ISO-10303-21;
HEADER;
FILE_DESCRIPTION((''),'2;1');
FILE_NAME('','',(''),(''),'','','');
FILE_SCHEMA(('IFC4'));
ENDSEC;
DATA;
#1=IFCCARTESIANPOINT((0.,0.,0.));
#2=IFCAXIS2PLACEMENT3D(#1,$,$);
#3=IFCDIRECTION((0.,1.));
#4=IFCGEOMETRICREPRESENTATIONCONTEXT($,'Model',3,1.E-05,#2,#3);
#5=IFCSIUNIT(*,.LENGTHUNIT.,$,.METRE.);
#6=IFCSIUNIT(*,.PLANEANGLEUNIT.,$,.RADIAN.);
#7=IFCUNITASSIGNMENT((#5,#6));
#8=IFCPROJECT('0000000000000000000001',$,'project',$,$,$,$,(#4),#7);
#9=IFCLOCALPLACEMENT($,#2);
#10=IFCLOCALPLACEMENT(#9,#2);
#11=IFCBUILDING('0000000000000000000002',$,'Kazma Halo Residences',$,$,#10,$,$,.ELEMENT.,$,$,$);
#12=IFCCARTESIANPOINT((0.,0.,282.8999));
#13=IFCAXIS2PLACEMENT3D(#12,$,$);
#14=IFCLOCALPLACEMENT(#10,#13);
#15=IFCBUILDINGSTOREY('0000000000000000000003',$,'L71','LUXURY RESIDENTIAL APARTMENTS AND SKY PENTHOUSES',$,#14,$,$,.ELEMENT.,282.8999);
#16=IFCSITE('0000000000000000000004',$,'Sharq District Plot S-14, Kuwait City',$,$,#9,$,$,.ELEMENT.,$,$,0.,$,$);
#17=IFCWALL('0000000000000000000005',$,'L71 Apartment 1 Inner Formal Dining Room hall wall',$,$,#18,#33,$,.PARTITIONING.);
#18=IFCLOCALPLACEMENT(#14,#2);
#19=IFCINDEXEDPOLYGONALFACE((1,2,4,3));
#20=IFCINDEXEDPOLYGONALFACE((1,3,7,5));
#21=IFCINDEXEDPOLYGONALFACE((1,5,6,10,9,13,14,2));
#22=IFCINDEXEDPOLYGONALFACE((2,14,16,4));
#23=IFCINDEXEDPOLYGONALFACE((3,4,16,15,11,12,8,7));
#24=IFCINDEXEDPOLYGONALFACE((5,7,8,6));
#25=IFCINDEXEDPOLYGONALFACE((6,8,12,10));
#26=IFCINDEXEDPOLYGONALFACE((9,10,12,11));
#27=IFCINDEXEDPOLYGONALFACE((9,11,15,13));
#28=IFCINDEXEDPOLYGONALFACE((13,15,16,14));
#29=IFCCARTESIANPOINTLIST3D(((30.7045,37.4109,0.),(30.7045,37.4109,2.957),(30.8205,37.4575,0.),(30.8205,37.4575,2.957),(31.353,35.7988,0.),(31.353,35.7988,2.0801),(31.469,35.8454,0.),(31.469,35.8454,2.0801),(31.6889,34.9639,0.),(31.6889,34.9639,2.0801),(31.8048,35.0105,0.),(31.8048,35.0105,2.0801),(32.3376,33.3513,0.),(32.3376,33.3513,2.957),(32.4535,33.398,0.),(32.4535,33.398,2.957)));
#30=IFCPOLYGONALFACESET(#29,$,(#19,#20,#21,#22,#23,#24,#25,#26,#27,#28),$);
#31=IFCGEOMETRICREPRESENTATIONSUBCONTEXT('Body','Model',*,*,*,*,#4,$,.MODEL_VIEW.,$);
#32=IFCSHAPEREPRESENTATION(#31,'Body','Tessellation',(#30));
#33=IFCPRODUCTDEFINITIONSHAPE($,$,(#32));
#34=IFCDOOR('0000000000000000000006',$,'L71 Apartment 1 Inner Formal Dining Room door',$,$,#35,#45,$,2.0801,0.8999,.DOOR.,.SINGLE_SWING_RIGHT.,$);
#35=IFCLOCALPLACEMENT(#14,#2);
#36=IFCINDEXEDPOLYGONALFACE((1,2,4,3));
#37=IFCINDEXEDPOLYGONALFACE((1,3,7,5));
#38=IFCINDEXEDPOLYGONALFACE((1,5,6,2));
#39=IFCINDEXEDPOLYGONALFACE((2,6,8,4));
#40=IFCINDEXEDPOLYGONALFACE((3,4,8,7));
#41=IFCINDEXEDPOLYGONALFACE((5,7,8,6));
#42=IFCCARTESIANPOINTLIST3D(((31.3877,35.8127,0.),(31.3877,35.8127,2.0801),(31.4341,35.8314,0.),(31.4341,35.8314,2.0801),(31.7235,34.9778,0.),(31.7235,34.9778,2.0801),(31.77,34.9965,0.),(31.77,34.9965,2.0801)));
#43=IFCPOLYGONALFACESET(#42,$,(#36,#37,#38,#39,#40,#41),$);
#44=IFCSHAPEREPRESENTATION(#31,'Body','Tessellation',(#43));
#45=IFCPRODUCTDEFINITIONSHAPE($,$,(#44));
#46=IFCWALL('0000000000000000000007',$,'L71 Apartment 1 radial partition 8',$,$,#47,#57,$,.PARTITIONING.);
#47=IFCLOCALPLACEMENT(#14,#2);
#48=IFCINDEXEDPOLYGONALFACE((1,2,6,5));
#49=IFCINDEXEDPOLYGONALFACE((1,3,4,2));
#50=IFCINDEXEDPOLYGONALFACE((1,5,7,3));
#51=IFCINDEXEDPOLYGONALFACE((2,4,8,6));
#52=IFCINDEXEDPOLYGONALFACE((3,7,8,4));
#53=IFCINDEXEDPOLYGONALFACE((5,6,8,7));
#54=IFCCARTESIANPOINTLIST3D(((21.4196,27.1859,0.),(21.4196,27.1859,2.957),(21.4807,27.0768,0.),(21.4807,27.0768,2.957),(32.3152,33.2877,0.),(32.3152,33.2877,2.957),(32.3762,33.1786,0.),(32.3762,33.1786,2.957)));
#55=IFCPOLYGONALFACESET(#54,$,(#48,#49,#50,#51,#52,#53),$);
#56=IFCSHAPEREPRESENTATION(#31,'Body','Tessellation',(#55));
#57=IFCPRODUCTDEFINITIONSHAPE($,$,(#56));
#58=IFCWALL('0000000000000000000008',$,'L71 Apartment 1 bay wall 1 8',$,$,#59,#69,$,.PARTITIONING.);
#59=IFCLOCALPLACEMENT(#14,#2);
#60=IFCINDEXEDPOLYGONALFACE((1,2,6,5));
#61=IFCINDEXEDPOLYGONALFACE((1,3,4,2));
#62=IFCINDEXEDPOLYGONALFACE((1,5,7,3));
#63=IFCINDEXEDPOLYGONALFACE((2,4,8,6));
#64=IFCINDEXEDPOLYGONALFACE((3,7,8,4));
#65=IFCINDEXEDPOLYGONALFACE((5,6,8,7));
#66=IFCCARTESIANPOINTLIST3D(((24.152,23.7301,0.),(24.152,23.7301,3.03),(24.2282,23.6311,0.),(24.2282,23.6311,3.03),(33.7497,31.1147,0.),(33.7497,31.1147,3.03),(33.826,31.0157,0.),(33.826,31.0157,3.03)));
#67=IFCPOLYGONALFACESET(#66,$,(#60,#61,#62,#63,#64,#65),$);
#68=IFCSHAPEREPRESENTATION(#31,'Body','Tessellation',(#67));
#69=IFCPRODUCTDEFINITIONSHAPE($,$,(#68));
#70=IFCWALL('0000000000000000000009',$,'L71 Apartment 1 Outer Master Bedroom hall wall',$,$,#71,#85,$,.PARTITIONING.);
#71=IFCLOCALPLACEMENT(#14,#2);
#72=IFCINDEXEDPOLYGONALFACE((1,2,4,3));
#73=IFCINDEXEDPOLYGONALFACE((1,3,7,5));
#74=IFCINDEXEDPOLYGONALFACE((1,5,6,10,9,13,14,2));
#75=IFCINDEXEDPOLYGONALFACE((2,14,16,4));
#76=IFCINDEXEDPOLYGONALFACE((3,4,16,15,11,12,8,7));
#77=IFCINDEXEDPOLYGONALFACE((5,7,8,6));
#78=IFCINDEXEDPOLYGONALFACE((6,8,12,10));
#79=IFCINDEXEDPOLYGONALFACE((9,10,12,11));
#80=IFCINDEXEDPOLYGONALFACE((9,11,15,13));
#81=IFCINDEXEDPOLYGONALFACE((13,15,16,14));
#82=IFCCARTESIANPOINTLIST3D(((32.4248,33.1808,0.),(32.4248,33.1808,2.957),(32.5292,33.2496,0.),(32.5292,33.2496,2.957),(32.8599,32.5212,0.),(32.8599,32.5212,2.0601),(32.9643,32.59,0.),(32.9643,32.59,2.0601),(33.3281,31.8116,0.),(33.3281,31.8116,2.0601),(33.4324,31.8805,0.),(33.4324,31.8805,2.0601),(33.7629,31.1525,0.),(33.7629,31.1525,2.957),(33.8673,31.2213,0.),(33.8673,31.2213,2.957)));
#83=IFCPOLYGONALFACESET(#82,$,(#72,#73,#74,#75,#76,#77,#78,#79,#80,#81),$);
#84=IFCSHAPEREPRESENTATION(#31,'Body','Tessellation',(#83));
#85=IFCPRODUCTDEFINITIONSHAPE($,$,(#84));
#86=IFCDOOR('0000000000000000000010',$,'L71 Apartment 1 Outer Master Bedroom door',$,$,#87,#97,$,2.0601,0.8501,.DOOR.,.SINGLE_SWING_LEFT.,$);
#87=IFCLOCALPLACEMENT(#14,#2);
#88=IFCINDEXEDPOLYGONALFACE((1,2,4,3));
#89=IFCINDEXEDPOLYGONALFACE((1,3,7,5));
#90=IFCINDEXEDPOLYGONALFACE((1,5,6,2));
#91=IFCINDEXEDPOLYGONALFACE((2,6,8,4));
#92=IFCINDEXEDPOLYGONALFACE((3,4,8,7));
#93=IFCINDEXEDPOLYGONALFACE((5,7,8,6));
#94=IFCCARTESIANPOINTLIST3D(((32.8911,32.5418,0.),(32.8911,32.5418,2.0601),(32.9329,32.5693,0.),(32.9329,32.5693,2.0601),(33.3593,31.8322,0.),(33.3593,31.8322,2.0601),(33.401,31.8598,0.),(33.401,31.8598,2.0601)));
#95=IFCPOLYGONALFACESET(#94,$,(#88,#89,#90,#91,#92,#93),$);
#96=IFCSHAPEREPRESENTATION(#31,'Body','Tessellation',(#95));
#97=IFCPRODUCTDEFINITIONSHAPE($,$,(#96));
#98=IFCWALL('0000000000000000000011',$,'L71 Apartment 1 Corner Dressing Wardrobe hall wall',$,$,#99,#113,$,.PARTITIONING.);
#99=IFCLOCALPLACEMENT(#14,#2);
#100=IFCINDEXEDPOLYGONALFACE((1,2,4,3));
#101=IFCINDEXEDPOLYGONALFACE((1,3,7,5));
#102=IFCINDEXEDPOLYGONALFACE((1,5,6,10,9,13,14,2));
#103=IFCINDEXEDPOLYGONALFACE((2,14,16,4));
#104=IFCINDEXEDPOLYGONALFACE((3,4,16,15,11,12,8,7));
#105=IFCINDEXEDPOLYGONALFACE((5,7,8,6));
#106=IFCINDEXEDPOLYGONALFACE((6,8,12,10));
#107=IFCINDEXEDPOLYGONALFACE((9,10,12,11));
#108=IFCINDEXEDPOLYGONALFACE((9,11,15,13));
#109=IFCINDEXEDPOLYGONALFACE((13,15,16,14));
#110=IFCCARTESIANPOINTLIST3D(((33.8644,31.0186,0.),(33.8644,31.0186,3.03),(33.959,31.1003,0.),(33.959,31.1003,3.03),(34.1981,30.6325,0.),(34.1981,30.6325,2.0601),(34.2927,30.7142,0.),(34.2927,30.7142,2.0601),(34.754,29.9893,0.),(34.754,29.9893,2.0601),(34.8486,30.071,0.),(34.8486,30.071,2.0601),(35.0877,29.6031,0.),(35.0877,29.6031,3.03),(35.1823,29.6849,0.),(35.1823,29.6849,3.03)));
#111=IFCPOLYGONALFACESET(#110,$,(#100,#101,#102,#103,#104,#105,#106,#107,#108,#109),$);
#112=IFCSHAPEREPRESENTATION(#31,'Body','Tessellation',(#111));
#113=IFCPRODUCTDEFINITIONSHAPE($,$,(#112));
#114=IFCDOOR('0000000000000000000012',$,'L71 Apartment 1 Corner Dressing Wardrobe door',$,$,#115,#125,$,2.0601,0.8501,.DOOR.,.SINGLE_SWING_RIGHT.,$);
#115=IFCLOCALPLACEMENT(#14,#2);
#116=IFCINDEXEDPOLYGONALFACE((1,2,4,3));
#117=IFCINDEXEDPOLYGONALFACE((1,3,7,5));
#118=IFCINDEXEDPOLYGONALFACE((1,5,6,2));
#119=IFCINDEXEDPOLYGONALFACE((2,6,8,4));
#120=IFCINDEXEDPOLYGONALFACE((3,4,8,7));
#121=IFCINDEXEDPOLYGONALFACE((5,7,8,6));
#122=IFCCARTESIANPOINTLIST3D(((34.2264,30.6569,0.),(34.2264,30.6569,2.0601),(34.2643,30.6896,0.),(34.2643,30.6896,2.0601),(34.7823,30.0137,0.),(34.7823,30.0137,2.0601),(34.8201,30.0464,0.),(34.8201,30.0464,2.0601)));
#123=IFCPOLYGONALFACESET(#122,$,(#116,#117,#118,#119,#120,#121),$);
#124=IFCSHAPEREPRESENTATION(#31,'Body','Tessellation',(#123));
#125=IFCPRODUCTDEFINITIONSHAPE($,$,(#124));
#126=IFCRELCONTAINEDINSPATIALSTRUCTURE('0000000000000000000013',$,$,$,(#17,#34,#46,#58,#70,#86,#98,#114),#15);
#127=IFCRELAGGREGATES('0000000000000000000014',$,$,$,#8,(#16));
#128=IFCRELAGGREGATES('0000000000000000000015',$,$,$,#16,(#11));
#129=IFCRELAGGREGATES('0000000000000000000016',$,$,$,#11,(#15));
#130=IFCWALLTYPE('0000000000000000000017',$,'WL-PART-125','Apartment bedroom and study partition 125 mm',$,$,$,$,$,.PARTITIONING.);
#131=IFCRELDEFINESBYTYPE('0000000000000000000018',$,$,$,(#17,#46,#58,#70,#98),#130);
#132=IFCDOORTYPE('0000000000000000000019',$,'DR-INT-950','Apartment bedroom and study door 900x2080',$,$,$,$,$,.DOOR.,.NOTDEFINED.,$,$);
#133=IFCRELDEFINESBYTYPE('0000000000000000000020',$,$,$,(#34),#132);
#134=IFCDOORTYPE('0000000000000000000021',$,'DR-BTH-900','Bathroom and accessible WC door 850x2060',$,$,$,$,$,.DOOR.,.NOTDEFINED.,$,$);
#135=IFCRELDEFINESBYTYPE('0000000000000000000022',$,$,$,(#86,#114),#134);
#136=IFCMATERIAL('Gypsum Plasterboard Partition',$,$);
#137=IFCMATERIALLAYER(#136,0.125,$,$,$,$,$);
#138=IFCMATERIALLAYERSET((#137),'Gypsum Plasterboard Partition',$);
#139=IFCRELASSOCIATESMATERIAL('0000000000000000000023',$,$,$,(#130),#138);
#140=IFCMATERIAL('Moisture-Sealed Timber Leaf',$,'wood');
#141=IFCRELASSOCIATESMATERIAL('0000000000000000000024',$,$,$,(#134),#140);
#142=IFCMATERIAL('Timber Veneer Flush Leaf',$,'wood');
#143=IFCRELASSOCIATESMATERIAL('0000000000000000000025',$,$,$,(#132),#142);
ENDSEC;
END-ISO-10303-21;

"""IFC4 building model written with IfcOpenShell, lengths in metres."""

from ifc_helpers import new_model, si_unit, direction, frame, frame_2d, origin, place, context, subcontext, project, spatial, rectangle, extrude, material, layer, layer_set, type_object, element, fill, save


model = new_model("IFC4")

# Units and contexts
model_context = context("Model", 3, precision=1e-05, world=origin(), true_north=direction((0.0, 1.0)))
body_context = subcontext(model_context, "Body", "Model", "MODEL_VIEW")
ifc_project = project(units=[si_unit("LENGTHUNIT", "METRE"), si_unit("PLANEANGLEUNIT", "RADIAN")], contexts=[model_context])

# Site, building, storey
site_placement = place(None, origin())
site = spatial("IfcSite", under=ifc_project, at=site_placement, Name="Sharq District Plot S-14, Kuwait City", CompositionType="ELEMENT", RefElevation=0.0)
building_placement = place(site_placement, origin())
building = spatial("IfcBuilding", under=site, at=building_placement, Name="Kazma Halo Residences", CompositionType="ELEMENT")
storey_placement = place(building_placement, frame((0.0, 0.0, 282.8999)))
storey = spatial("IfcBuildingStorey", under=building, at=storey_placement, Name="L71", Description="LUXURY RESIDENTIAL APARTMENTS AND SKY PENTHOUSES", CompositionType="ELEMENT", Elevation=282.8999)

# Shared definitions
ifc_material_1 = material(Name="Gypsum Plasterboard Partition")
ifc_layer_1 = layer(ifc_material_1, 0.125)
ifc_layer_set_1 = layer_set([ifc_layer_1], Name="Gypsum Plasterboard Partition")
wall_type_1 = type_object("IfcWallType", Name="WL-PART-125", Description="Apartment bedroom and study partition 125 mm", PredefinedType="PARTITIONING", material=ifc_layer_set_1)

# Wall, opening, door
ifc_material_2 = material(Name="Moisture-Sealed Timber Leaf", Category="wood")
door_type_1 = type_object("IfcDoorType", Name="DR-BTH-900", Description="Bathroom and accessible WC door 850x2060", OperationType="NOTDEFINED", PredefinedType="DOOR", material=ifc_material_2)
wall_1_placement = place(storey_placement, frame((30.7625, 37.4343, 0.0), z_axis=(0.0, 0.0, 1.0), x_axis=(0.373208, -0.927748, 0.0)))
wall_1 = element("IfcWall", 1, at=wall_1_placement, inside=storey, type_object=wall_type_1, Name="L71 Apartment 1 Inner Formal Dining Room hall wall", PredefinedType="PARTITIONING", context=body_context, shape_type="SweptSolid", body=[
    extrude(rectangle(XDim=4.3757, YDim=0.125, at=frame_2d((2.188, 0.0))), origin(), (0.0, 0.0, 1.0), 2.957),
])
opening_1_placement = place(wall_1_placement, frame((1.7378, 0.0, 0.0)))
opening_1 = element("IfcOpeningElement", 2, at=opening_1_placement, cuts=wall_1, PredefinedType="OPENING", context=body_context, shape_type="SweptSolid", body=[
    extrude(rectangle(XDim=0.8999, YDim=2.0801, at=frame_2d((0.45, 1.04))), frame((0.0, 0.0725, 0.0), z_axis=(0.0, -1.0, 0.0), x_axis=(1.0, 0.0, 0.0)), (0.0, 0.0, 1.0), 0.145),
])
ifc_material_3 = material(Name="Timber Veneer Flush Leaf", Category="wood")
door_type_2 = type_object("IfcDoorType", Name="DR-INT-950", Description="Apartment bedroom and study door 900x2080", OperationType="NOTDEFINED", PredefinedType="DOOR", material=ifc_material_3)
door_1_placement = place(opening_1_placement, origin())
door_1 = element("IfcDoor", 3, at=door_1_placement, inside=storey, type_object=door_type_2, Name="L71 Apartment 1 Inner Formal Dining Room door", OperationType="SINGLE_SWING_RIGHT", OverallHeight=2.0801, OverallWidth=0.8999, PredefinedType="DOOR", context=body_context, shape_type="SweptSolid", body=[
    extrude(rectangle(XDim=0.8999, YDim=2.0801, at=frame_2d((0.45, 1.04))), frame((0.0, 0.0249, 0.0), z_axis=(0.0, -1.0, 0.0), x_axis=(1.0, 0.0, 0.0)), (0.0, 0.0, 1.0), 0.05),
])
fill(opening_1, door_1)

# Walls
wall_2_placement = place(storey_placement, frame((32.3457, 33.2332, 0.0), z_axis=(0.0, 0.0, 1.0), x_axis=(-0.872495, -0.488623, 0.0)))
element("IfcWall", 4, at=wall_2_placement, inside=storey, type_object=wall_type_1, Name="L71 Apartment 1 radial partition 8", PredefinedType="PARTITIONING", context=body_context, shape_type="SweptSolid", body=[
    extrude(rectangle(XDim=12.4878, YDim=0.125, at=frame_2d((6.2439, 0.0))), origin(), (0.0, 0.0, 1.0), 2.957),
])
wall_3_placement = place(storey_placement, frame((33.7878, 31.0652, 0.0), z_axis=(0.0, 0.0, 1.0), x_axis=(-0.792556, -0.609799, 0.0)))
element("IfcWall", 5, at=wall_3_placement, inside=storey, type_object=wall_type_1, Name="L71 Apartment 1 bay wall 1 8", PredefinedType="PARTITIONING", context=body_context, shape_type="SweptSolid", body=[
    extrude(rectangle(XDim=12.1099, YDim=0.125, at=frame_2d((6.0549, 0.0))), origin(), (0.0, 0.0, 1.0), 3.03),
])

# Walls, openings, doors
wall_4_placement = place(storey_placement, frame((32.4771, 33.2151, 0.0), z_axis=(0.0, 0.0, 1.0), x_axis=(0.550683, -0.834715, 0.0)))
wall_4 = element("IfcWall", 6, at=wall_4_placement, inside=storey, type_object=wall_type_1, Name="L71 Apartment 1 Outer Master Bedroom hall wall", PredefinedType="PARTITIONING", context=body_context, shape_type="SweptSolid", body=[
    extrude(rectangle(XDim=2.4299, YDim=0.125, at=frame_2d((1.2148, 0.0))), origin(), (0.0, 0.0, 1.0), 2.957),
])
opening_2_placement = place(wall_4_placement, frame((0.79, 0.0, 0.0)))
opening_2 = element("IfcOpeningElement", 7, at=opening_2_placement, cuts=wall_4, PredefinedType="OPENING", context=body_context, shape_type="SweptSolid", body=[
    extrude(rectangle(XDim=0.8501, YDim=2.0601, at=frame_2d((0.425, 1.03))), frame((0.0, 0.0725, 0.0), z_axis=(0.0, -1.0, 0.0), x_axis=(1.0, 0.0, 0.0)), (0.0, 0.0, 1.0), 0.145),
])
door_2_placement = place(opening_2_placement, origin())
door_2 = element("IfcDoor", 8, at=door_2_placement, inside=storey, type_object=door_type_1, Name="L71 Apartment 1 Outer Master Bedroom door", OperationType="SINGLE_SWING_LEFT", OverallHeight=2.0601, OverallWidth=0.8501, PredefinedType="DOOR", context=body_context, shape_type="SweptSolid", body=[
    extrude(rectangle(XDim=0.8501, YDim=2.0601, at=frame_2d((0.425, 1.03))), frame((0.0, 0.0249, 0.0), z_axis=(0.0, -1.0, 0.0), x_axis=(1.0, 0.0, 0.0)), (0.0, 0.0, 1.0), 0.05),
])
fill(opening_2, door_2)
wall_5_placement = place(storey_placement, frame((33.9116, 31.0596, 0.0), z_axis=(0.0, 0.0, 1.0), x_axis=(0.653892, -0.756588, 0.0)))
wall_5 = element("IfcWall", 9, at=wall_5_placement, inside=storey, type_object=wall_type_1, Name="L71 Apartment 1 Corner Dressing Wardrobe hall wall", PredefinedType="PARTITIONING", context=body_context, shape_type="SweptSolid", body=[
    extrude(rectangle(XDim=1.8708, YDim=0.125, at=frame_2d((0.9355, 0.0))), origin(), (0.0, 0.0, 1.0), 3.03),
])
opening_3_placement = place(wall_5_placement, frame((0.5105, 0.0, 0.0)))
opening_3 = element("IfcOpeningElement", 10, at=opening_3_placement, cuts=wall_5, PredefinedType="OPENING", context=body_context, shape_type="SweptSolid", body=[
    extrude(rectangle(XDim=0.8501, YDim=2.0601, at=frame_2d((0.425, 1.03))), frame((0.0, 0.0725, 0.0), z_axis=(0.0, -1.0, 0.0), x_axis=(1.0, 0.0, 0.0)), (0.0, 0.0, 1.0), 0.145),
])
door_3_placement = place(opening_3_placement, origin())
door_3 = element("IfcDoor", 11, at=door_3_placement, inside=storey, type_object=door_type_1, Name="L71 Apartment 1 Corner Dressing Wardrobe door", OperationType="SINGLE_SWING_RIGHT", OverallHeight=2.0601, OverallWidth=0.8501, PredefinedType="DOOR", context=body_context, shape_type="SweptSolid", body=[
    extrude(rectangle(XDim=0.8501, YDim=2.0601, at=frame_2d((0.425, 1.03))), frame((0.0, 0.0249, 0.0), z_axis=(0.0, -1.0, 0.0), x_axis=(1.0, 0.0, 0.0)), (0.0, 0.0, 1.0), 0.05),
])
fill(opening_3, door_3)

save(model, "model.ifc")
